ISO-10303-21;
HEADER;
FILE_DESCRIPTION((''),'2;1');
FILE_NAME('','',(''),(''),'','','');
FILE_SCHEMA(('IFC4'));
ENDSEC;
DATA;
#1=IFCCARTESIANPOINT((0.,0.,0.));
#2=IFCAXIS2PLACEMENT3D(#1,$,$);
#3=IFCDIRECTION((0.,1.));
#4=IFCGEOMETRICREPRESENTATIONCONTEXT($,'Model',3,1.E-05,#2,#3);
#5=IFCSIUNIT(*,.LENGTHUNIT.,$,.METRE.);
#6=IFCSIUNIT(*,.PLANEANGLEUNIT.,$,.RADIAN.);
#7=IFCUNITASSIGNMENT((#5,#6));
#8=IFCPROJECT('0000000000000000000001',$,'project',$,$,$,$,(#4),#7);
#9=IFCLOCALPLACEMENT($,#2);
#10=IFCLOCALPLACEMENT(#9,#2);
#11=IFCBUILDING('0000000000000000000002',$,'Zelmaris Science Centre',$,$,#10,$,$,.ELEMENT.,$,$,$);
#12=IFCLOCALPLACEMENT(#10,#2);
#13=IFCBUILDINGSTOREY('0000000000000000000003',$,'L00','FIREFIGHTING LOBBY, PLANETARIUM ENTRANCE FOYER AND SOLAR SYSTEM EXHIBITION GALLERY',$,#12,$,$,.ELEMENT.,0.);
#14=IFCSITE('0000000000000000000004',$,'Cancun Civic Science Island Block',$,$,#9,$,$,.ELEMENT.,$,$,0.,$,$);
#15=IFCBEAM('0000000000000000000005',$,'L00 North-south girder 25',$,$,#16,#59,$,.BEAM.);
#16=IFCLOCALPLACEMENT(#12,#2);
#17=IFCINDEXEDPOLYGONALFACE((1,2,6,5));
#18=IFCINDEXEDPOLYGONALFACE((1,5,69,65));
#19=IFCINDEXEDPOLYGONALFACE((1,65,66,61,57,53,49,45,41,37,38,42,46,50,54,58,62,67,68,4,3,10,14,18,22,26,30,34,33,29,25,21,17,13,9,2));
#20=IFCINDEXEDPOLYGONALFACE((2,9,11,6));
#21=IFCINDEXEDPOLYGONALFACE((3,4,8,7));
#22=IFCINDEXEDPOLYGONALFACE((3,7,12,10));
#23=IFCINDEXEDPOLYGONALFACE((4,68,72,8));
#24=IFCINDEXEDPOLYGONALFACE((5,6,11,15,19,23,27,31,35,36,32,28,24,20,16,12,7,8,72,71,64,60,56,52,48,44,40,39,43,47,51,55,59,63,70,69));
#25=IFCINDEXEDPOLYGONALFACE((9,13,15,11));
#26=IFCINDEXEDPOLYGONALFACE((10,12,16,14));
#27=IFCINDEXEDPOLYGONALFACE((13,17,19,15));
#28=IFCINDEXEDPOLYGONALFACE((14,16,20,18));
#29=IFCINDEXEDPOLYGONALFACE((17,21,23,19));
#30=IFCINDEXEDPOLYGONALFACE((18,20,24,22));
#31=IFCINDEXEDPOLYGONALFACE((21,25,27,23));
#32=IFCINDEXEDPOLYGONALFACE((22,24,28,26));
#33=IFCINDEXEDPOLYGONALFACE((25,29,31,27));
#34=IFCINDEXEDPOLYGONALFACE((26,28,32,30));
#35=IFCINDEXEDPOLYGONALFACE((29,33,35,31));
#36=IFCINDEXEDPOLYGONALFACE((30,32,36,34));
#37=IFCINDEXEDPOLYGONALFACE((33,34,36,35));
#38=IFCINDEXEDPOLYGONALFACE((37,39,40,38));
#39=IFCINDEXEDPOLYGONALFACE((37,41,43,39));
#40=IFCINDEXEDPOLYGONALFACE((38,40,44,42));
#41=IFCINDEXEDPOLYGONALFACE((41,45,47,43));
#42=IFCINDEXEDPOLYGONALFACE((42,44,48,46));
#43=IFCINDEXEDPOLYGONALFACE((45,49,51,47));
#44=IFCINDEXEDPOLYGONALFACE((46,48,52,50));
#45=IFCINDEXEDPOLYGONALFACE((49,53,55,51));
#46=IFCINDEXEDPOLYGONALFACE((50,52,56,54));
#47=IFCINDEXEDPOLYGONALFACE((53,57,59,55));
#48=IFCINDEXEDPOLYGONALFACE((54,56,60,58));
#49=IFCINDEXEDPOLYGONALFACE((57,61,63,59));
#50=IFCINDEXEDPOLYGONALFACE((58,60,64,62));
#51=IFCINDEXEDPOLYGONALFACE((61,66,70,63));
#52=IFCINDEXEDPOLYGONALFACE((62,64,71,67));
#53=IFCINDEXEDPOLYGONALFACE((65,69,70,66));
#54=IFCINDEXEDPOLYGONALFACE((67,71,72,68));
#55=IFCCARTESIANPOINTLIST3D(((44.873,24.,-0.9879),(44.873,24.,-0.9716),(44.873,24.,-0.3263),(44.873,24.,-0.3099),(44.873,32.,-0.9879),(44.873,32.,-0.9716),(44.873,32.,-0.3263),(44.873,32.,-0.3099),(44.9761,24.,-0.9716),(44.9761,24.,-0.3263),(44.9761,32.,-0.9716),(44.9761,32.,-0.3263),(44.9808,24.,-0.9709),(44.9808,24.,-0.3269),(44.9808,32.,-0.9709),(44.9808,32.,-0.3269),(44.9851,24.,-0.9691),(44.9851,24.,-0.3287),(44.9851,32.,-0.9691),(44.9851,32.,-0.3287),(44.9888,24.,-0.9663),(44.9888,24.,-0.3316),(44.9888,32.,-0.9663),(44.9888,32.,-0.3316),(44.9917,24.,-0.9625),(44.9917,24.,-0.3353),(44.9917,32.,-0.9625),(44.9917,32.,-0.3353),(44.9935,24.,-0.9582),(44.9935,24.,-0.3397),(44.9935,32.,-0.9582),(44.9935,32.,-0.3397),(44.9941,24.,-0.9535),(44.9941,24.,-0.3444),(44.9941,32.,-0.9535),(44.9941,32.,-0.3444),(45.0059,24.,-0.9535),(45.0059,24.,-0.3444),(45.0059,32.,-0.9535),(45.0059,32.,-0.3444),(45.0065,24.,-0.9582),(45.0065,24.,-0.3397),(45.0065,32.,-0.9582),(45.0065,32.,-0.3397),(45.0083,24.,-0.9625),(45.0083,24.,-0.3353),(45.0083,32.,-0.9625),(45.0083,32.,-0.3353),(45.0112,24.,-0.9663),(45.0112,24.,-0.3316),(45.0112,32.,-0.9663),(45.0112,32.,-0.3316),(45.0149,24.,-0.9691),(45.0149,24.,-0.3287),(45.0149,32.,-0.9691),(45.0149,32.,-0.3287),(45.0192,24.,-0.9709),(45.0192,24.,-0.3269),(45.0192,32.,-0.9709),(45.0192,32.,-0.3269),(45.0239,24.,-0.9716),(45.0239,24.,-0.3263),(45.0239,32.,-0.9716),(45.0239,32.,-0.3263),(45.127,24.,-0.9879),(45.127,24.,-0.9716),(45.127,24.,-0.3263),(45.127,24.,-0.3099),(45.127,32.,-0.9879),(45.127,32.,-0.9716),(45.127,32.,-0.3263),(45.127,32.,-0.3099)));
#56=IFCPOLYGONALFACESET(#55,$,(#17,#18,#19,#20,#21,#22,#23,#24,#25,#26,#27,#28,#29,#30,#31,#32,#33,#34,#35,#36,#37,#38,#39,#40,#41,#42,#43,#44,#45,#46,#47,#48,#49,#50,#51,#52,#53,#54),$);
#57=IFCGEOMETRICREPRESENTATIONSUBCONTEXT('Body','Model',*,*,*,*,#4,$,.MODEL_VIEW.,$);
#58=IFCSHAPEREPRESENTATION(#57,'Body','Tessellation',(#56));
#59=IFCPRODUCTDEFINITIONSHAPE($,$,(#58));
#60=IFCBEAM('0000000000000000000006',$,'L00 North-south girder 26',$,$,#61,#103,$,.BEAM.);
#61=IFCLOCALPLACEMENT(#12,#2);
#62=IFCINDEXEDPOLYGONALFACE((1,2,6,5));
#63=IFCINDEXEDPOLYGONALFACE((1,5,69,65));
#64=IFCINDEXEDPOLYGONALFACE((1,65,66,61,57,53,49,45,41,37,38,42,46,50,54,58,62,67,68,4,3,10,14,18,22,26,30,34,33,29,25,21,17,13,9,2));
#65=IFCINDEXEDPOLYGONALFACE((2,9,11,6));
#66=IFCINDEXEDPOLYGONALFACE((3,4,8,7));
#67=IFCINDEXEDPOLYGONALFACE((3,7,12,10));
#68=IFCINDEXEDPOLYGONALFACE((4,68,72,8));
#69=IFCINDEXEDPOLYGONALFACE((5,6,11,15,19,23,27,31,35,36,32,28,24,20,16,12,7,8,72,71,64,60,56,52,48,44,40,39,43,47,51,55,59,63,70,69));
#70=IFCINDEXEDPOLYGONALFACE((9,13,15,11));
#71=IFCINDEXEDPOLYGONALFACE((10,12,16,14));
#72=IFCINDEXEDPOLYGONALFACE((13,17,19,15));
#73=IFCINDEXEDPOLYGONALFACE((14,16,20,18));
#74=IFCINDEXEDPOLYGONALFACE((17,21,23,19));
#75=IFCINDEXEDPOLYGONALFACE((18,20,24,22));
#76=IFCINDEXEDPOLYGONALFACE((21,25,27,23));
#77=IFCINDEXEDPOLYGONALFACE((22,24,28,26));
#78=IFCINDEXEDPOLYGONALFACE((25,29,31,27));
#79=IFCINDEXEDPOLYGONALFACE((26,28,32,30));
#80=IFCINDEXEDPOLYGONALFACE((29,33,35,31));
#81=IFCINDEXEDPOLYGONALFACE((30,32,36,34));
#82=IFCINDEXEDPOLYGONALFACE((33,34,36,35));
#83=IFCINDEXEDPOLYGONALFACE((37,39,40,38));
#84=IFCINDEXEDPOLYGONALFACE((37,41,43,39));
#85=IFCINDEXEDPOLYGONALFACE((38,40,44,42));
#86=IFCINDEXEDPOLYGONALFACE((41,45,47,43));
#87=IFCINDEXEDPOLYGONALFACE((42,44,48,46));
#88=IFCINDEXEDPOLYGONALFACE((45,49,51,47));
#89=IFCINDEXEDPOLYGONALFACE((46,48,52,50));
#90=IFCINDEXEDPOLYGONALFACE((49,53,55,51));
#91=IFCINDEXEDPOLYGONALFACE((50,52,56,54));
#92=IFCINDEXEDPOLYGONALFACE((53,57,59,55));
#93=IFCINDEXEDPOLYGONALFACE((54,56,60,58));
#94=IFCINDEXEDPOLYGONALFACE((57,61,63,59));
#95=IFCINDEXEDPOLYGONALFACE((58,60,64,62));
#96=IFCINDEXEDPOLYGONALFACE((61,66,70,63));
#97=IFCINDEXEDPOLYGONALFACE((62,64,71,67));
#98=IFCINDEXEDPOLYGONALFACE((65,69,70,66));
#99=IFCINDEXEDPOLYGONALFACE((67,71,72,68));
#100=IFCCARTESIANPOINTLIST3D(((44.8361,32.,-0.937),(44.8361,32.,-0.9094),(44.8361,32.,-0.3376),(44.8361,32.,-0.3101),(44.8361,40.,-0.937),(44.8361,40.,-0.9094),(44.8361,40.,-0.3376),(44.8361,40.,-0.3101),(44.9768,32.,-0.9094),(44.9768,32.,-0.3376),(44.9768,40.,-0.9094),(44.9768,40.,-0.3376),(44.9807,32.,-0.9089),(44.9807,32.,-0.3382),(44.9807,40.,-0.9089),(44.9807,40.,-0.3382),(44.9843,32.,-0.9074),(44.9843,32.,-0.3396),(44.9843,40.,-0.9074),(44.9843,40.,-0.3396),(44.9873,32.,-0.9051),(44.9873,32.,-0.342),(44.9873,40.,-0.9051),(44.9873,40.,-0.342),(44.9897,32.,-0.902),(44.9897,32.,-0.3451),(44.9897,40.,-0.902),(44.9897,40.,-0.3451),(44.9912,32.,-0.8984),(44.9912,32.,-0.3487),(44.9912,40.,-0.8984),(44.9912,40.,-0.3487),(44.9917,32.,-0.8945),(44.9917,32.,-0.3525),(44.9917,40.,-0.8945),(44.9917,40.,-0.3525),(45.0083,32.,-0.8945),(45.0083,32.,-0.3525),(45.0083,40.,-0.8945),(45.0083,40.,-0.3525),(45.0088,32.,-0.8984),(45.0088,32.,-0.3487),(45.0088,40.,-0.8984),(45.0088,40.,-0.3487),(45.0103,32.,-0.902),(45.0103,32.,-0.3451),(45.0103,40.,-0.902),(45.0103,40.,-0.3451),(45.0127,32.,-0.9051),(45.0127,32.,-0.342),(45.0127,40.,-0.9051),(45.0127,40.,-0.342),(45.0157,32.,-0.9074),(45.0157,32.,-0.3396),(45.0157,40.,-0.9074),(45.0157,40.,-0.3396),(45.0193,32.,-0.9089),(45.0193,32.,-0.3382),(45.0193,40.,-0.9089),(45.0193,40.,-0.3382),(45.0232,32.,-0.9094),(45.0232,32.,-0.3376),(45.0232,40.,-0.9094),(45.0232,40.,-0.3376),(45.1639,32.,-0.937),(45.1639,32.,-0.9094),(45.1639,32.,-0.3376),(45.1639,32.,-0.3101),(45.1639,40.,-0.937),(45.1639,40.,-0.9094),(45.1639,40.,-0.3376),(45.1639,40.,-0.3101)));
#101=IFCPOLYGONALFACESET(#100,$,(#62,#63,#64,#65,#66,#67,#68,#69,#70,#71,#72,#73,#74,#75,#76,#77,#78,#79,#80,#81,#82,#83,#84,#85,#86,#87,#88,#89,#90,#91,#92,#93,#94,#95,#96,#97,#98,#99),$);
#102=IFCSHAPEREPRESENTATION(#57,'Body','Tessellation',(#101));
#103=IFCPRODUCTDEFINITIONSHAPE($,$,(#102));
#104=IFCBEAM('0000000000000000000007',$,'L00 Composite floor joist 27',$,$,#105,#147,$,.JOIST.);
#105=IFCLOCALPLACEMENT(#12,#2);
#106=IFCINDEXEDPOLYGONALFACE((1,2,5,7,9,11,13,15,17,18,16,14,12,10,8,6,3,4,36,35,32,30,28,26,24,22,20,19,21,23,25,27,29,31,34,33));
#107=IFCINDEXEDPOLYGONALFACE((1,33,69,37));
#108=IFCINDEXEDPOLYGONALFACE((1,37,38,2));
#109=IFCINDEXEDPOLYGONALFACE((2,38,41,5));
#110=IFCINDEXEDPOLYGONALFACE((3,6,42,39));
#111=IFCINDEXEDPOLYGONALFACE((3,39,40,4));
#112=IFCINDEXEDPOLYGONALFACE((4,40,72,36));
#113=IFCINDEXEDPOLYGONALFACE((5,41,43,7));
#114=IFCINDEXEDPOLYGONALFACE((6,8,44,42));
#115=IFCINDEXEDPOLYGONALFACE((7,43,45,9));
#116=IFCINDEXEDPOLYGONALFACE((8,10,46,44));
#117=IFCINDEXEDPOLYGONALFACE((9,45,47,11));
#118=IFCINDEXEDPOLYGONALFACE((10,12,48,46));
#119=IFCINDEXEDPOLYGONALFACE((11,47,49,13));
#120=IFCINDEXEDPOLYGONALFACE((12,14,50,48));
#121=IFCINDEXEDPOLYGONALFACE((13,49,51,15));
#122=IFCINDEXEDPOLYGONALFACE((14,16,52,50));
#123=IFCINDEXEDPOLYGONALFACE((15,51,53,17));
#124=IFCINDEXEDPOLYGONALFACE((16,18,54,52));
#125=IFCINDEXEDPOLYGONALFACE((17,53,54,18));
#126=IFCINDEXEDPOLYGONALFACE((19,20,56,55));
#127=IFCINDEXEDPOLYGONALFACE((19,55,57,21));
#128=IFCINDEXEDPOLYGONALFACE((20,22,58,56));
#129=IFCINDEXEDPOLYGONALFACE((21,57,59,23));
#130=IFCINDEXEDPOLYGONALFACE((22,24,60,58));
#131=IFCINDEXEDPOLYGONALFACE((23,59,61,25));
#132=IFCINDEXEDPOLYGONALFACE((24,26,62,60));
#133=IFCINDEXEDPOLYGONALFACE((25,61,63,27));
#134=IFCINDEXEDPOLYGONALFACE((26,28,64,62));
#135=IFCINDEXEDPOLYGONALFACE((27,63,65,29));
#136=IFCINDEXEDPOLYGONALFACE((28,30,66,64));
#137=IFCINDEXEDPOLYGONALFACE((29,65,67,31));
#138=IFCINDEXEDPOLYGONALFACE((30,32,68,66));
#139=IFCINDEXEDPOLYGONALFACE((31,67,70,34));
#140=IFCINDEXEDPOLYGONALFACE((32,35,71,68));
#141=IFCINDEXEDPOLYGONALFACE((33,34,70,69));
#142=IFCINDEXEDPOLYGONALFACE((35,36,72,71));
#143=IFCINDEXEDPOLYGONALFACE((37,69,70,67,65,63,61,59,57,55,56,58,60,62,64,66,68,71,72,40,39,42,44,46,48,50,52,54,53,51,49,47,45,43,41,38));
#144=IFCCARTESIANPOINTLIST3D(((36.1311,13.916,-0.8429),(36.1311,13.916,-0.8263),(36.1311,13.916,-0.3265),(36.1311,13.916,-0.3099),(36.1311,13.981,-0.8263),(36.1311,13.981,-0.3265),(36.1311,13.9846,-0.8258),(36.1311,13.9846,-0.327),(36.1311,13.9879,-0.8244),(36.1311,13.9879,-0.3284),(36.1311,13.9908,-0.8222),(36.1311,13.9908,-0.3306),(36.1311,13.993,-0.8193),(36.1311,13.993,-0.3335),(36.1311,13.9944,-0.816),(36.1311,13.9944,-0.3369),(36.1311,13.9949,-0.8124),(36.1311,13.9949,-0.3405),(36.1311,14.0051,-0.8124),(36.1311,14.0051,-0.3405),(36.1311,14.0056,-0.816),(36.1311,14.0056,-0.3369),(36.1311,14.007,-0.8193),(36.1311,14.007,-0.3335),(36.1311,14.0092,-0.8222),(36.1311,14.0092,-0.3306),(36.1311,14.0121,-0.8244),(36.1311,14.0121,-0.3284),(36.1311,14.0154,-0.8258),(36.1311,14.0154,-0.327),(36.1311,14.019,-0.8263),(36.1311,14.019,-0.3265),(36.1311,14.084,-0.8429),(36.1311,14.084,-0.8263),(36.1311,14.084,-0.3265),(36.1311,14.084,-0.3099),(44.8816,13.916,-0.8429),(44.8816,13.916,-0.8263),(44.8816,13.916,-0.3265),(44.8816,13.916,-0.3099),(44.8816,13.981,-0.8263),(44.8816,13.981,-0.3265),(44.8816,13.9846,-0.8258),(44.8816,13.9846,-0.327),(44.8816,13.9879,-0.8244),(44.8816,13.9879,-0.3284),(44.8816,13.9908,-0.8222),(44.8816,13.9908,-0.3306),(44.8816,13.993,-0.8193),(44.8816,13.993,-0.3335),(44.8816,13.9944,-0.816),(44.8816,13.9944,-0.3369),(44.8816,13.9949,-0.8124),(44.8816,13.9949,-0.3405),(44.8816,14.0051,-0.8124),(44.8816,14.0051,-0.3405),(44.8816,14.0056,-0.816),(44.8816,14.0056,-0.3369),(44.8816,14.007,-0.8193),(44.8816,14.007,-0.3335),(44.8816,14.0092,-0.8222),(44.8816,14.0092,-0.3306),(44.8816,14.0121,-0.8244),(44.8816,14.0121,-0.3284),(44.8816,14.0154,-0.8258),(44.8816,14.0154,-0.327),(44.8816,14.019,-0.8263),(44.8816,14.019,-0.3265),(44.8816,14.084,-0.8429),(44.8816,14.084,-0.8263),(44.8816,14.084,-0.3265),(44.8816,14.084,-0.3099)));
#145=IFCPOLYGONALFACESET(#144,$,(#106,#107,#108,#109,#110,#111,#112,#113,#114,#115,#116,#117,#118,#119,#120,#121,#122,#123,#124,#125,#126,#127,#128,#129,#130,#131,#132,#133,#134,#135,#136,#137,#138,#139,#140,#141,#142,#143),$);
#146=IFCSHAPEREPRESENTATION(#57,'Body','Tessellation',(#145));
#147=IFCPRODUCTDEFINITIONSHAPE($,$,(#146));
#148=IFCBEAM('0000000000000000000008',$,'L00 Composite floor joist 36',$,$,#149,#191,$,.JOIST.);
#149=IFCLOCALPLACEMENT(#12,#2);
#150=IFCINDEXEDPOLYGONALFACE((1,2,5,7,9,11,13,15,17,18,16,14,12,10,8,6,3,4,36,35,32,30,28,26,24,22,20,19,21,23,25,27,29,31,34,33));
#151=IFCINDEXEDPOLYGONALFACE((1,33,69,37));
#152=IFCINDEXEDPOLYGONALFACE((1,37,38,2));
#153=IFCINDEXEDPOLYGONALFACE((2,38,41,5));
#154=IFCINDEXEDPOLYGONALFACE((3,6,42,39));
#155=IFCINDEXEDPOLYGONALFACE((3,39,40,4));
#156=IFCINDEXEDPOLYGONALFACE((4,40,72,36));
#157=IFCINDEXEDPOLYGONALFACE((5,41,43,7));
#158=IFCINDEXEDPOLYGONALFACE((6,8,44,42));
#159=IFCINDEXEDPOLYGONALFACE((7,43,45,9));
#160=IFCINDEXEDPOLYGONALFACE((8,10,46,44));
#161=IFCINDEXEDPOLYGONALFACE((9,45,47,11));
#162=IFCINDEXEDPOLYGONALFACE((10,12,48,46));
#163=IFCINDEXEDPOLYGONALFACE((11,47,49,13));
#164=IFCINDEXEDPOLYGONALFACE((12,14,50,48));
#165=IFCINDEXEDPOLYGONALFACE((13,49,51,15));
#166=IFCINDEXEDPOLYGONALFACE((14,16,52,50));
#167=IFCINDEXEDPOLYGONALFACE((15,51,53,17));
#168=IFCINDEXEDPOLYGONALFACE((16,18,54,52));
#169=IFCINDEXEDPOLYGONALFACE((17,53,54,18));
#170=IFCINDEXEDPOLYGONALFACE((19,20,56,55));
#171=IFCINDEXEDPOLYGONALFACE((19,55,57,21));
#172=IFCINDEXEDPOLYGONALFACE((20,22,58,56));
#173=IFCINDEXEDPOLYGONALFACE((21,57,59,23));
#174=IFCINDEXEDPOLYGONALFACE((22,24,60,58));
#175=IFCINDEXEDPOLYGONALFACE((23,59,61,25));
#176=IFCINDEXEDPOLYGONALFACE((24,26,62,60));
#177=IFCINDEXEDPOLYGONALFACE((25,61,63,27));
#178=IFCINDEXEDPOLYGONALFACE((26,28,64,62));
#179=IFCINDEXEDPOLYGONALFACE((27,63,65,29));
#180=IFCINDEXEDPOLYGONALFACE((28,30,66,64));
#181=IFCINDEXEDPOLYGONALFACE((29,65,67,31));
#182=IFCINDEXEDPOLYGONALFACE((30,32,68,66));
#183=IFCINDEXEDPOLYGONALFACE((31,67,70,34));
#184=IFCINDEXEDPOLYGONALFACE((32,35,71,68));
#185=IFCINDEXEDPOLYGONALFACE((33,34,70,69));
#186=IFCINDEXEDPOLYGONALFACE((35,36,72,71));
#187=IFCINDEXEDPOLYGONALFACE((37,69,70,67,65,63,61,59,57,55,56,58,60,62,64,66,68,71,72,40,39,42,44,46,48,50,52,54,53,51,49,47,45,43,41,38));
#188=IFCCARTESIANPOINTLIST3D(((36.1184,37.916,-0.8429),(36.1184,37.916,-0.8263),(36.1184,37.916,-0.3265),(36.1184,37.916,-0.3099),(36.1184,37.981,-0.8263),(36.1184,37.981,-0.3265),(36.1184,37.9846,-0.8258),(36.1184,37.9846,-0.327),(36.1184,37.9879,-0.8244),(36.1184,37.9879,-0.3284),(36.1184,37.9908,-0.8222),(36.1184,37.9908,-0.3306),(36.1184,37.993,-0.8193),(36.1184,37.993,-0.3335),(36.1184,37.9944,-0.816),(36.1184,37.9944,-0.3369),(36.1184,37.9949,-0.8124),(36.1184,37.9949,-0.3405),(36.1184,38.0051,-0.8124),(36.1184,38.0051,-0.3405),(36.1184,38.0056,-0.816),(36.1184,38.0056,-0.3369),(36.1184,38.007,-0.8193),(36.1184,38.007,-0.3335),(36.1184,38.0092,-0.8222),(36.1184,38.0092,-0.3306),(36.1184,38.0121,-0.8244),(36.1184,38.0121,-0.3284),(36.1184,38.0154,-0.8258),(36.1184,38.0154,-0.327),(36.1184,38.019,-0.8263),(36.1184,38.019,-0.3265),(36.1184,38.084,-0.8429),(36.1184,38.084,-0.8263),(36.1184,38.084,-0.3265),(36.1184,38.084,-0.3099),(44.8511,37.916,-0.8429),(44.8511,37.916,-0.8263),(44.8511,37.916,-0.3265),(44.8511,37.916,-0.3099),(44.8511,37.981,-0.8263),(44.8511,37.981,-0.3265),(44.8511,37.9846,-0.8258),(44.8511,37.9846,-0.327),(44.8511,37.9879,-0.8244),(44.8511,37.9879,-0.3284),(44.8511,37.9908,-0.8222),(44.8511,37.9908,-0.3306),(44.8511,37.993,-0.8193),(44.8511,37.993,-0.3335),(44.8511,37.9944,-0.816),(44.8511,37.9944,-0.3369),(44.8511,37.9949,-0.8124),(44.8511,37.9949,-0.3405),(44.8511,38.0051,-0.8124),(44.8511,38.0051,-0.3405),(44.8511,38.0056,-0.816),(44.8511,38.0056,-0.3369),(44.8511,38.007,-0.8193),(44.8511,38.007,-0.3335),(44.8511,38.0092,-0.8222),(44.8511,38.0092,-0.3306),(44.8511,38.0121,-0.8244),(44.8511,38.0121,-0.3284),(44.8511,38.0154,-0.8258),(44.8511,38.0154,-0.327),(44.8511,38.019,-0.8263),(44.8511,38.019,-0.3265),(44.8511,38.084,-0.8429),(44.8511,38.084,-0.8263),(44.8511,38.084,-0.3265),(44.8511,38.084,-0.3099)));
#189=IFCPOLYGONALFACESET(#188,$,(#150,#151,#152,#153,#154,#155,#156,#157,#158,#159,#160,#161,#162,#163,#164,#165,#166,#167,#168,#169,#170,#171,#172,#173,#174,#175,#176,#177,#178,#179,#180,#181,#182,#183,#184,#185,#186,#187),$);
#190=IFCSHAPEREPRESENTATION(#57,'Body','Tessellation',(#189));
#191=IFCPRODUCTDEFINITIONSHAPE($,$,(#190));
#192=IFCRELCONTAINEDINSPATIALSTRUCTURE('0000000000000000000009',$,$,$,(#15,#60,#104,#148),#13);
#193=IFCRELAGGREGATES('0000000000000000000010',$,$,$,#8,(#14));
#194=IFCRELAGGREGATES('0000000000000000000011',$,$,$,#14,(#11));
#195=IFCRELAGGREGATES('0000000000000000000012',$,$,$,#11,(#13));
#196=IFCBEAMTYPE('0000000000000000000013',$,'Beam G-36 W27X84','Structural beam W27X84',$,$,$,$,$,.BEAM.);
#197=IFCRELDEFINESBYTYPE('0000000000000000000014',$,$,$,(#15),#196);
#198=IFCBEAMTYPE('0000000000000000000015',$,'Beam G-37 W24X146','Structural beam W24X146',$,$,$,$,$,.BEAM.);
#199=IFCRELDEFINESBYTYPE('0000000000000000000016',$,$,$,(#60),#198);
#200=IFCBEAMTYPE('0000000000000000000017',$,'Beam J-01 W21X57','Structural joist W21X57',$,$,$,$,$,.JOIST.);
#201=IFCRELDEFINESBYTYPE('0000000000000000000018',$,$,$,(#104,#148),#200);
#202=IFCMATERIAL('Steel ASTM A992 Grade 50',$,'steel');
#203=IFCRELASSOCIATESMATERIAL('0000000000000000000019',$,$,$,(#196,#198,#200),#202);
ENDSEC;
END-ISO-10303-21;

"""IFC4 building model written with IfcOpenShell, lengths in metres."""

from ifc_helpers import new_model, si_unit, direction, frame, origin, origin_2d, place, context, subcontext, project, spatial, i_section, extrude, material, material_profile, profile_set, type_object, element, save


model = new_model("IFC4")

# Units and contexts
model_context = context("Model", 3, precision=1e-05, world=origin(), true_north=direction((0.0, 1.0)))
body_context = subcontext(model_context, "Body", "Model", "MODEL_VIEW")
ifc_project = project(units=[si_unit("LENGTHUNIT", "METRE"), si_unit("PLANEANGLEUNIT", "RADIAN")], contexts=[model_context])

# Site, building, storey
site_placement = place(None, origin())
site = spatial("IfcSite", under=ifc_project, at=site_placement, Name="Cancun Civic Science Island Block", CompositionType="ELEMENT", RefElevation=0.0)
building_placement = place(site_placement, origin())
building = spatial("IfcBuilding", under=site, at=building_placement, Name="Zelmaris Science Centre", CompositionType="ELEMENT")
storey_placement = place(building_placement, origin())
storey = spatial("IfcBuildingStorey", under=building, at=storey_placement, Name="L00", Description="FIREFIGHTING LOBBY, PLANETARIUM ENTRANCE FOYER AND SOLAR SYSTEM EXHIBITION GALLERY", CompositionType="ELEMENT", Elevation=0.0)

# Shared definitions
ifc_material_1 = material(Name="Steel ASTM A992 Grade 50", Category="steel")

# Beams
ifc_material_profile_1 = material_profile(ifc_material_1, i_section(OverallWidth=0.2539, OverallDepth=0.678, WebThickness=0.0117, FlangeThickness=0.0164, FilletRadius=0.0181, at=origin_2d()), Name="W27X84")
ifc_profile_set_1 = profile_set([ifc_material_profile_1], Name="Steel ASTM A992 Grade 50")
beam_type_1 = type_object("IfcBeamType", Name="Beam G-36 W27X84", Description="Structural beam W27X84", PredefinedType="BEAM", material=ifc_profile_set_1)
beam_1_placement = place(storey_placement, frame((45.0, 24.0, -0.6489), z_axis=(0.0, 1.0, 0.0), x_axis=(-1.0, 0.0, 0.0)))
element("IfcBeam", 1, at=beam_1_placement, inside=storey, type_object=beam_type_1, Name="L00 North-south girder 25", PredefinedType="BEAM", context=body_context, shape_type="SweptSolid", body=[
    extrude(i_section(OverallWidth=0.2539, OverallDepth=0.678, WebThickness=0.0117, FlangeThickness=0.0164, FilletRadius=0.0181, at=origin_2d()), origin(), (0.0, 0.0, 1.0), 8.0),
])
ifc_material_profile_2 = material_profile(ifc_material_1, i_section(OverallWidth=0.3279, OverallDepth=0.627, WebThickness=0.0166, FlangeThickness=0.0276, FilletRadius=0.0149, at=origin_2d()), Name="W24X146")
ifc_profile_set_2 = profile_set([ifc_material_profile_2], Name="Steel ASTM A992 Grade 50")
beam_type_2 = type_object("IfcBeamType", Name="Beam G-37 W24X146", Description="Structural beam W24X146", PredefinedType="BEAM", material=ifc_profile_set_2)
beam_2_placement = place(storey_placement, frame((45.0, 32.0, -0.6235), z_axis=(0.0, 1.0, 0.0), x_axis=(-1.0, 0.0, 0.0)))
element("IfcBeam", 2, at=beam_2_placement, inside=storey, type_object=beam_type_2, Name="L00 North-south girder 26", PredefinedType="BEAM", context=body_context, shape_type="SweptSolid", body=[
    extrude(i_section(OverallWidth=0.3279, OverallDepth=0.627, WebThickness=0.0166, FlangeThickness=0.0276, FilletRadius=0.0149, at=origin_2d()), origin(), (0.0, 0.0, 1.0), 8.0),
])
ifc_material_profile_3 = material_profile(ifc_material_1, i_section(OverallWidth=0.168, OverallDepth=0.533, WebThickness=0.0103, FlangeThickness=0.0166, FilletRadius=0.0139, at=origin_2d()), Name="W21X57")
ifc_profile_set_3 = profile_set([ifc_material_profile_3], Name="Steel ASTM A992 Grade 50")
beam_type_3 = type_object("IfcBeamType", Name="Beam J-01 W21X57", Description="Structural joist W21X57", PredefinedType="JOIST", material=ifc_profile_set_3)
beam_3_placement = place(storey_placement, frame((36.1311, 14.0, -0.5764), z_axis=(1.0, 0.0, 0.0), x_axis=(0.0, 1.0, 0.0)))
element("IfcBeam", 3, at=beam_3_placement, inside=storey, type_object=beam_type_3, Name="L00 Composite floor joist 27", PredefinedType="JOIST", context=body_context, shape_type="SweptSolid", body=[
    extrude(i_section(OverallWidth=0.168, OverallDepth=0.533, WebThickness=0.0103, FlangeThickness=0.0166, FilletRadius=0.0139, at=origin_2d()), origin(), (0.0, 0.0, 1.0), 8.7505),
])
beam_4_placement = place(storey_placement, frame((36.1184, 38.0, -0.5764), z_axis=(1.0, 0.0, 0.0), x_axis=(0.0, 1.0, 0.0)))
element("IfcBeam", 4, at=beam_4_placement, inside=storey, type_object=beam_type_3, Name="L00 Composite floor joist 36", PredefinedType="JOIST", context=body_context, shape_type="SweptSolid", body=[
    extrude(i_section(OverallWidth=0.168, OverallDepth=0.533, WebThickness=0.0103, FlangeThickness=0.0166, FilletRadius=0.0139, at=origin_2d()), origin(), (0.0, 0.0, 1.0), 8.7327),
])

save(model, "model.ifc")
